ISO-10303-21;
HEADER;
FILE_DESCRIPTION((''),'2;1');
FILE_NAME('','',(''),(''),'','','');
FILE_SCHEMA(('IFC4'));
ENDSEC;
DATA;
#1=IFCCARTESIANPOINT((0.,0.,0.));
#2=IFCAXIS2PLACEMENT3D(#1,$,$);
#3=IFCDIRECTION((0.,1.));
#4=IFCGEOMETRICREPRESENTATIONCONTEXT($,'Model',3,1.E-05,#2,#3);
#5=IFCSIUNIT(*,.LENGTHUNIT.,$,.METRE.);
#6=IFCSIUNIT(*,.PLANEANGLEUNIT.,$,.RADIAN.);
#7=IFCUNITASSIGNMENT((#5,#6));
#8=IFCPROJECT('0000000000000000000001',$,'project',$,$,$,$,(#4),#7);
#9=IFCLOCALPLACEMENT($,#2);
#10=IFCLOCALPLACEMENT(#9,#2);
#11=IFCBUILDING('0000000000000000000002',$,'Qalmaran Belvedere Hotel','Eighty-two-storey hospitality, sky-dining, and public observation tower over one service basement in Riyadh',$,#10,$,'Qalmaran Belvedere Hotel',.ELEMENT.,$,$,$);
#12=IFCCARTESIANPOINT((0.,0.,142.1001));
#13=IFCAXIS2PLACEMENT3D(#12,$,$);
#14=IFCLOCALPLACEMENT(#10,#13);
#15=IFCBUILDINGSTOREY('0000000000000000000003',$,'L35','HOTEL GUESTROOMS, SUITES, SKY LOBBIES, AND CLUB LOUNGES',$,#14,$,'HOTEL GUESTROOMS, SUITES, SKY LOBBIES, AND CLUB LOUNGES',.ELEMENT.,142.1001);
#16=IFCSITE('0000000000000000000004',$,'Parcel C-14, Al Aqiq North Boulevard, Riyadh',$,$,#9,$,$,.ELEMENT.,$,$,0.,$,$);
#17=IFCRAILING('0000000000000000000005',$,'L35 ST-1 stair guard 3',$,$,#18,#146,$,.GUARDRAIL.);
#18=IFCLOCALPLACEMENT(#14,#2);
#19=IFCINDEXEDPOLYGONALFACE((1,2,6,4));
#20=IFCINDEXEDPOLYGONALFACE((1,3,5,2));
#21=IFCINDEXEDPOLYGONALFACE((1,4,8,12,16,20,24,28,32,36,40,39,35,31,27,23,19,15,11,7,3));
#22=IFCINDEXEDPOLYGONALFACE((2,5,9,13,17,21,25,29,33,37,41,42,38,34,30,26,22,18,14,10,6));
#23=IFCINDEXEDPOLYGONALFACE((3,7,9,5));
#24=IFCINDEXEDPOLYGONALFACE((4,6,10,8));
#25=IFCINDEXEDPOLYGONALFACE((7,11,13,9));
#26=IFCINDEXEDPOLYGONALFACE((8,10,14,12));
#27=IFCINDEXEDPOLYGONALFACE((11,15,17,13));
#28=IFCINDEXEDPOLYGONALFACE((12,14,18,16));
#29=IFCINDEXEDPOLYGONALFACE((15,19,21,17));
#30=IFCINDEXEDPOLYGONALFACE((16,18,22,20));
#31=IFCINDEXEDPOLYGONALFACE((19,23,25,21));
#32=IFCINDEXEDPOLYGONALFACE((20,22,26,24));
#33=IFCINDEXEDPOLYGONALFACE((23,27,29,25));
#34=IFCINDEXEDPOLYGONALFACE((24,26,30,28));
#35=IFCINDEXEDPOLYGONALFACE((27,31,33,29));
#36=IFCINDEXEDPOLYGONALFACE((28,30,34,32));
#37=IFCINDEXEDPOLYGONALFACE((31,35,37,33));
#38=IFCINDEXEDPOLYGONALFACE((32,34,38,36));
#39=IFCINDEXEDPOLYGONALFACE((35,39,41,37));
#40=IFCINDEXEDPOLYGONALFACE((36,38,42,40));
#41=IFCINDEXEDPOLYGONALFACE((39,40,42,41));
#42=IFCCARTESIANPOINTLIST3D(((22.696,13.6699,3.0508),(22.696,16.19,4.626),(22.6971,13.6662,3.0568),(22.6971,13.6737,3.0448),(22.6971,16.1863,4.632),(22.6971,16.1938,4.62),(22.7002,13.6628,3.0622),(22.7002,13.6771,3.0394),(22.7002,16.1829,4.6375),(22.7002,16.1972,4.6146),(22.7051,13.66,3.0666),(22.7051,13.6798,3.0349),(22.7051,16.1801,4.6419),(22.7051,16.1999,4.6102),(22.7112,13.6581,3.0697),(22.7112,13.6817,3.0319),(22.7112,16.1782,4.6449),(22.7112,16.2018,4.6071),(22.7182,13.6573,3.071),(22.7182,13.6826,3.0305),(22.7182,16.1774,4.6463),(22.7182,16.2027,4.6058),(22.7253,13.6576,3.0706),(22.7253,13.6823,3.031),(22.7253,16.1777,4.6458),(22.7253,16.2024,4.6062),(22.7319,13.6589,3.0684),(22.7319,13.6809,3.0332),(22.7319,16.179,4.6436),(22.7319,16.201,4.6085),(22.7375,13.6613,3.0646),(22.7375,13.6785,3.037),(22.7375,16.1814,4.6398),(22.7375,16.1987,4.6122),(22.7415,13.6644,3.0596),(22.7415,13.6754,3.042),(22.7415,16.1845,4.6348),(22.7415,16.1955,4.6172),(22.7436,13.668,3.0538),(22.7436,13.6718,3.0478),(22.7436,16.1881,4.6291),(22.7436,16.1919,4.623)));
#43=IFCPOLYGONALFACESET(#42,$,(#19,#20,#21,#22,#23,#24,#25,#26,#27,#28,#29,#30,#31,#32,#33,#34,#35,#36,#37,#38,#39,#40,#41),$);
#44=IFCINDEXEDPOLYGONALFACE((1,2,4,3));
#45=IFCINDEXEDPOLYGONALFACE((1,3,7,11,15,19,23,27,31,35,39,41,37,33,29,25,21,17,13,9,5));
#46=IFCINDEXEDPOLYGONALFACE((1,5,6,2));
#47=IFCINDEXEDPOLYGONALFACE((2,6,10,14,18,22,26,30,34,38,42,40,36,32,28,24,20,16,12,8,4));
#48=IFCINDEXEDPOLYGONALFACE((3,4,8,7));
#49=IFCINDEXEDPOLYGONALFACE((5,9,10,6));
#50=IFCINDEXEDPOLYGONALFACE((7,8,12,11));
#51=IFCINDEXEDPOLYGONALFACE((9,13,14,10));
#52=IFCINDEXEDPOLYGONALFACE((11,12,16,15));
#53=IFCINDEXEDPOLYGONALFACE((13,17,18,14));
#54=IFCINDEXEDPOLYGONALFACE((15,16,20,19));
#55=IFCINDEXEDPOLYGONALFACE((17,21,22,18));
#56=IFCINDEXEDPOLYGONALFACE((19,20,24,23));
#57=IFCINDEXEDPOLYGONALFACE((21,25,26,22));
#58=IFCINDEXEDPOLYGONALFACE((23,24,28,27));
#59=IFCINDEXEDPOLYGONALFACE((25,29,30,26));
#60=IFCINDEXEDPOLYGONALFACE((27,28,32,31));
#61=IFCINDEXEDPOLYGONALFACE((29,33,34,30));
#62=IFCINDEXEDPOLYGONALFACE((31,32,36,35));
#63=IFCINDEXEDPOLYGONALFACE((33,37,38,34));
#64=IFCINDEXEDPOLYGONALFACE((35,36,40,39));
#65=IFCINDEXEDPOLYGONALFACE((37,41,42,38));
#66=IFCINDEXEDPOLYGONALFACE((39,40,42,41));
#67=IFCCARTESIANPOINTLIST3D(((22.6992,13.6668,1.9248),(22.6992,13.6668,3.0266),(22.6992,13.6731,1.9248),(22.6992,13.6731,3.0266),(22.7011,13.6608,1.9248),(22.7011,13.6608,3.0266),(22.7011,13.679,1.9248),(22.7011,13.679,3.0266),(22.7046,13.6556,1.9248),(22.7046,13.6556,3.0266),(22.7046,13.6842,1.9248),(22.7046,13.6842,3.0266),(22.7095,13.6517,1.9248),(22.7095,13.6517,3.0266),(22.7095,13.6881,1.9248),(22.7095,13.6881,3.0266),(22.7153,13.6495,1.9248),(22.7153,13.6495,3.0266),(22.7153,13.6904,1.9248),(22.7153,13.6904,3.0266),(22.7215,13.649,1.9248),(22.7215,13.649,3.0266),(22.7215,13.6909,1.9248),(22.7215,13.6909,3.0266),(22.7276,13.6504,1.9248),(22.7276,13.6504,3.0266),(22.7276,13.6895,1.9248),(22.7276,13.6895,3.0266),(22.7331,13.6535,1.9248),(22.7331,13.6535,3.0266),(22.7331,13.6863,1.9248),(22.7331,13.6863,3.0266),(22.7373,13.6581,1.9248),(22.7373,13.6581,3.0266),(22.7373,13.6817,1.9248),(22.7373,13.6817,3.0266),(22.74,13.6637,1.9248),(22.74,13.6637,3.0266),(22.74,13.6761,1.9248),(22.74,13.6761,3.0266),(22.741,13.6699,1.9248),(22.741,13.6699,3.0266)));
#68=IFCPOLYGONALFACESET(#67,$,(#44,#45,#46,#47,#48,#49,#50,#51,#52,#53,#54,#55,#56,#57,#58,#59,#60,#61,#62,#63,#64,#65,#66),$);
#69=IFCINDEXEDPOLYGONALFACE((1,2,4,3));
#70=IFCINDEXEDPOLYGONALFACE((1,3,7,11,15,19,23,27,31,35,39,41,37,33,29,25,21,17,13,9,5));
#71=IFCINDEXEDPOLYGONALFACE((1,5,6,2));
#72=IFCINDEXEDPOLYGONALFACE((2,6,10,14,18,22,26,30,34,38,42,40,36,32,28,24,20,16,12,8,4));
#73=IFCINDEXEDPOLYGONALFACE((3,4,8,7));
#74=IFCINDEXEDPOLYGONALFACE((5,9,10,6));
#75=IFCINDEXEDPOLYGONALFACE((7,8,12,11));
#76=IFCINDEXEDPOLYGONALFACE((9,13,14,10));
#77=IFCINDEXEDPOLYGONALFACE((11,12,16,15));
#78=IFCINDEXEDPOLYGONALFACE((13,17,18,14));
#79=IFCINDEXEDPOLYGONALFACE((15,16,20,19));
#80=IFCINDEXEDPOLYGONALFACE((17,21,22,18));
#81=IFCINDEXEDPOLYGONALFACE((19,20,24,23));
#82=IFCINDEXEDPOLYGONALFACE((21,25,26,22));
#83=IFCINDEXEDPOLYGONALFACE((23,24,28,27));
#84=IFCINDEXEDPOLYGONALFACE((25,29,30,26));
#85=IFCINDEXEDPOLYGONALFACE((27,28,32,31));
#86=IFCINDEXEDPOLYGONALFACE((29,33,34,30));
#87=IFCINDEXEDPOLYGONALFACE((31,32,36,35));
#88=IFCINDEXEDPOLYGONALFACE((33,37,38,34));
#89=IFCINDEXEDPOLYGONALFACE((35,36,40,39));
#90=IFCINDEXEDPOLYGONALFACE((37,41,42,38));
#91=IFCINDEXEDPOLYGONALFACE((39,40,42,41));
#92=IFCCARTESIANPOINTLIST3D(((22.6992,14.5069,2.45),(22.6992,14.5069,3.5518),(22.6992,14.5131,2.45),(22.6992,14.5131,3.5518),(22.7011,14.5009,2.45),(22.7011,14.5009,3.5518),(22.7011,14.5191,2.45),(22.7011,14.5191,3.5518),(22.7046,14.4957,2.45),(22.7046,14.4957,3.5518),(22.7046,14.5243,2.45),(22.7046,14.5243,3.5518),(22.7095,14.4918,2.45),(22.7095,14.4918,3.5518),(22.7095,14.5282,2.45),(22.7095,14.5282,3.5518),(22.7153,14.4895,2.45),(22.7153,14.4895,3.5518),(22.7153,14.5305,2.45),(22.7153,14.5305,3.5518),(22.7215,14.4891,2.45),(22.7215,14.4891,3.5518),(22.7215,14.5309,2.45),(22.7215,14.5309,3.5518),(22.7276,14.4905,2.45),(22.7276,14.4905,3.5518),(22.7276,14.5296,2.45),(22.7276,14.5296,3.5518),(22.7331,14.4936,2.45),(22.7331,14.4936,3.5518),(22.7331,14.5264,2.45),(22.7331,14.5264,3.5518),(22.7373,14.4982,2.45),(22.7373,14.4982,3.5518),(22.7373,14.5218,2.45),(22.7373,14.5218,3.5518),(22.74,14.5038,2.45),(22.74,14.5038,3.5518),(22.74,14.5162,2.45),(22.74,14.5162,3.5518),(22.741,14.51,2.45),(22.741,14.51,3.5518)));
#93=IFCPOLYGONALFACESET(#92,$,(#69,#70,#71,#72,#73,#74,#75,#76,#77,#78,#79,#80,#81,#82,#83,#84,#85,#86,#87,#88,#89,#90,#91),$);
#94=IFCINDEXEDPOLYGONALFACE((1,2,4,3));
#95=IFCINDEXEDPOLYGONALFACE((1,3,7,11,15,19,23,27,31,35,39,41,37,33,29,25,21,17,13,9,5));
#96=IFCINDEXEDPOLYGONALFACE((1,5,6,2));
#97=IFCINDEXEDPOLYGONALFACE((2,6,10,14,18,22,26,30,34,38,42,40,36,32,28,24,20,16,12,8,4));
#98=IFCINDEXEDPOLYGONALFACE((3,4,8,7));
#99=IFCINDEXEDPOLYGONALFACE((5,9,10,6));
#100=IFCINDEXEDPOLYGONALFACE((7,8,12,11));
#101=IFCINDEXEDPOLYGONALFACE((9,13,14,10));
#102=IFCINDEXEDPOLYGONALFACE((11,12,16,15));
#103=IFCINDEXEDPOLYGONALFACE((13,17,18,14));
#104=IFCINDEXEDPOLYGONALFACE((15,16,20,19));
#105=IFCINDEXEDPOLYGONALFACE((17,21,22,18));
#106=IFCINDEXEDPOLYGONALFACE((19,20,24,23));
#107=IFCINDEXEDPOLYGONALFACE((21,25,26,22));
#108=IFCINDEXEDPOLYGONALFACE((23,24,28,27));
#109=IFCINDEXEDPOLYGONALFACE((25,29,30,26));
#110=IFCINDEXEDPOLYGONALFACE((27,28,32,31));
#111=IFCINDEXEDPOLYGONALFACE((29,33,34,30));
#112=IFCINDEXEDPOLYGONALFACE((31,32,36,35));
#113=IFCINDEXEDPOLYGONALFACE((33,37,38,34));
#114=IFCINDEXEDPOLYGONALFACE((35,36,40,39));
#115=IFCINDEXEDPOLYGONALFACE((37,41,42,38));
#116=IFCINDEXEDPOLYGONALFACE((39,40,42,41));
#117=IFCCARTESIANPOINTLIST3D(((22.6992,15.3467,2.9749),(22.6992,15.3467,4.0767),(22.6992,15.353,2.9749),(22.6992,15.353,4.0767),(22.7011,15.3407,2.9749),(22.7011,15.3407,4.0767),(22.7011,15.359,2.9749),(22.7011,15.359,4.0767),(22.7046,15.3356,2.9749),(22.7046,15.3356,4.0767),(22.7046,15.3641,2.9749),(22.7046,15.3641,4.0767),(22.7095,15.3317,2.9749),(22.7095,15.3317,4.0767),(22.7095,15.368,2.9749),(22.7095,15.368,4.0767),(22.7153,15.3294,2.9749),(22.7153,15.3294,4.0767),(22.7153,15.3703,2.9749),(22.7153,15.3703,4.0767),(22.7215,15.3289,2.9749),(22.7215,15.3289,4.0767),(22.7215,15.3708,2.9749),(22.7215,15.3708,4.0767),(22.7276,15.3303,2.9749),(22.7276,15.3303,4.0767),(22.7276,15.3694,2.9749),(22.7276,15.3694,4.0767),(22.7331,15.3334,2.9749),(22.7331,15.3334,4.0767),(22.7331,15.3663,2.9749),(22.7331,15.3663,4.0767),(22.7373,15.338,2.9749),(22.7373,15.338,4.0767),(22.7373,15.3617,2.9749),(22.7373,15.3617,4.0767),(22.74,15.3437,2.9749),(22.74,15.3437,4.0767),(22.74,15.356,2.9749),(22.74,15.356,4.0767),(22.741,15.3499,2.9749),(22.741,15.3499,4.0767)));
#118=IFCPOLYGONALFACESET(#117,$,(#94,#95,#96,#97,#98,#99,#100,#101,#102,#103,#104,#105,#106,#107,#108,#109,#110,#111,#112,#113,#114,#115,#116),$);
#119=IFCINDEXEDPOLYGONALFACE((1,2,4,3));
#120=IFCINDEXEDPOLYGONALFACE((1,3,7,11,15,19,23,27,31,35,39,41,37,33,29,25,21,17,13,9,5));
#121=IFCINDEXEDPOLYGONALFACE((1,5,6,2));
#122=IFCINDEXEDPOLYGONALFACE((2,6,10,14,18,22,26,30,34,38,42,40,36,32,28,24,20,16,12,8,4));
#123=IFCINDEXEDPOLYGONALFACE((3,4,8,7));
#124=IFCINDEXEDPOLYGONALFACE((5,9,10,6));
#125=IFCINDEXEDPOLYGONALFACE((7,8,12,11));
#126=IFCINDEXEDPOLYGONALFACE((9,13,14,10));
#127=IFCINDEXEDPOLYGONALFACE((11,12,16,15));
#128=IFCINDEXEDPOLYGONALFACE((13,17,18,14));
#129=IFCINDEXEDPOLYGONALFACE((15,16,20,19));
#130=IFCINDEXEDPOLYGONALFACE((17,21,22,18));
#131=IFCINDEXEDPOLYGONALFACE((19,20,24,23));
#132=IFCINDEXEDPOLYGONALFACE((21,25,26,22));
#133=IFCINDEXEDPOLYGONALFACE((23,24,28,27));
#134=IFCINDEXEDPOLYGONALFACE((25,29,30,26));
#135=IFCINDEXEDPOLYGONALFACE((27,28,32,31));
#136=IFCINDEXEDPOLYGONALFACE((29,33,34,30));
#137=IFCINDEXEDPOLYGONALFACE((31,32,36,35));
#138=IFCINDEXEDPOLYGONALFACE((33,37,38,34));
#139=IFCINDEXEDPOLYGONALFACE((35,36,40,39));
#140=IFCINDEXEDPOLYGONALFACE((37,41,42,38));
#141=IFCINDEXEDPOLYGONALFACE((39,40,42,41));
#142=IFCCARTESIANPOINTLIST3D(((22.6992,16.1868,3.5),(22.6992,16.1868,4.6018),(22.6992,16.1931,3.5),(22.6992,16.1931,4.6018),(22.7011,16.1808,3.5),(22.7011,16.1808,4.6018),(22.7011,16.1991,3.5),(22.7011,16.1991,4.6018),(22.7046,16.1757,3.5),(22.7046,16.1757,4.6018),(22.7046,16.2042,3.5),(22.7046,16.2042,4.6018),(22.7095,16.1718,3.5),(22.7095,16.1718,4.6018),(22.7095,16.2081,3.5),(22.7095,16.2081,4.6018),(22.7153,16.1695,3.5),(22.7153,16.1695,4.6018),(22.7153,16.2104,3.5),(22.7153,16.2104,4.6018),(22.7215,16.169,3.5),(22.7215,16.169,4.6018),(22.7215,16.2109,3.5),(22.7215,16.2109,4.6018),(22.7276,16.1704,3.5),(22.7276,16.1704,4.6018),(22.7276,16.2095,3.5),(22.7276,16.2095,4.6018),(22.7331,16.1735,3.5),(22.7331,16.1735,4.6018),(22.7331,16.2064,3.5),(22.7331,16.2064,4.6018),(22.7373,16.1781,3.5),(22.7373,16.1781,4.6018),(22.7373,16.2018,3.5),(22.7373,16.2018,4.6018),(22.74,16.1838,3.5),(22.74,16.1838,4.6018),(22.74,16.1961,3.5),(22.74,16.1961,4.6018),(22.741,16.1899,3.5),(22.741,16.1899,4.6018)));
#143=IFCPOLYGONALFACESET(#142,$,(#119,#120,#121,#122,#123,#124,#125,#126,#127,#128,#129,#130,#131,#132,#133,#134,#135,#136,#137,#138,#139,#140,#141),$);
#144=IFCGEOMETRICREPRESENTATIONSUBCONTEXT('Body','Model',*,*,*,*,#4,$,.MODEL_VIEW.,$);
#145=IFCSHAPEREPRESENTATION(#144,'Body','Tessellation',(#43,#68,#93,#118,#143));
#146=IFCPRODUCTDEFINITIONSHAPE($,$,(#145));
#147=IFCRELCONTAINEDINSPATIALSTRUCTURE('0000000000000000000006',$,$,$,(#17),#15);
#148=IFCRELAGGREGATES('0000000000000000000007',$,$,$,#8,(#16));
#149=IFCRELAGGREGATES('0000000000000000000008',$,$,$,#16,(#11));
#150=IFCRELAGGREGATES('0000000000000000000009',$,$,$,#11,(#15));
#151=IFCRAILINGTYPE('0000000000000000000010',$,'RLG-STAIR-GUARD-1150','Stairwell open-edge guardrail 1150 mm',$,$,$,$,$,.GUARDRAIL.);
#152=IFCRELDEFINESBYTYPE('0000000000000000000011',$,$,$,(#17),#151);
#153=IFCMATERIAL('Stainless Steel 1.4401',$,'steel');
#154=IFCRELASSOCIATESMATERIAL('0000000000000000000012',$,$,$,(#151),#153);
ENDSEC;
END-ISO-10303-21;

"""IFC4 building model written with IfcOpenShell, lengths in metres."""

from ifc_helpers import new_model, si_unit, direction, frame, origin, origin_2d, place, context, subcontext, project, spatial, circle, extrude, material, type_object, element, save


model = new_model("IFC4")

# Units and contexts
model_context = context("Model", 3, precision=1e-05, world=origin(), true_north=direction((0.0, 1.0)))
body_context = subcontext(model_context, "Body", "Model", "MODEL_VIEW")
ifc_project = project(units=[si_unit("LENGTHUNIT", "METRE"), si_unit("PLANEANGLEUNIT", "RADIAN")], contexts=[model_context])

# Site, building, storey
site_placement = place(None, origin())
site = spatial("IfcSite", under=ifc_project, at=site_placement, Name="Parcel C-14, Al Aqiq North Boulevard, Riyadh", CompositionType="ELEMENT", RefElevation=0.0)
building_placement = place(site_placement, origin())
building = spatial("IfcBuilding", under=site, at=building_placement, Name="Qalmaran Belvedere Hotel", Description="Eighty-two-storey hospitality, sky-dining, and public observation tower over one service basement in Riyadh", LongName="Qalmaran Belvedere Hotel", CompositionType="ELEMENT")
storey_placement = place(building_placement, frame((0.0, 0.0, 142.1001)))
storey = spatial("IfcBuildingStorey", under=building, at=storey_placement, Name="L35", Description="HOTEL GUESTROOMS, SUITES, SKY LOBBIES, AND CLUB LOUNGES", LongName="HOTEL GUESTROOMS, SUITES, SKY LOBBIES, AND CLUB LOUNGES", CompositionType="ELEMENT", Elevation=142.1001)

# Shared definitions
ifc_material_1 = material(Name="Stainless Steel 1.4401", Category="steel")

# Railing
railing_type_1 = type_object("IfcRailingType", Name="RLG-STAIR-GUARD-1150", Description="Stairwell open-edge guardrail 1150 mm", PredefinedType="GUARDRAIL", material=ifc_material_1)
railing_1_placement = place(storey_placement, frame((22.72, 13.6699, 1.9248)))
element("IfcRailing", 1, at=railing_1_placement, inside=storey, type_object=railing_type_1, Name="L35 ST-1 stair guard 3", PredefinedType="GUARDRAIL", context=body_context, shape_type="SweptSolid", body=[
    extrude(circle(Radius=0.0239, at=origin_2d()), frame((0.0, 0.0, 1.126), z_axis=(0.0, 0.847971, 0.530043), x_axis=(-1.0, 0.0, 0.0)), (0.0, 0.0, 1.0), 2.9719),
    extrude(circle(Radius=0.021, at=origin_2d()), origin(), (0.0, 0.0, 1.0), 1.1018),
    extrude(circle(Radius=0.021, at=origin_2d()), frame((0.0, 0.8401, 0.5251)), (0.0, 0.0, 1.0), 1.1018),
    extrude(circle(Radius=0.021, at=origin_2d()), frame((0.0, 1.6799, 1.05)), (0.0, 0.0, 1.0), 1.1018),
    extrude(circle(Radius=0.021, at=origin_2d()), frame((0.0, 2.52, 1.5752)), (0.0, 0.0, 1.0), 1.1018),
])

save(model, "model.ifc")
